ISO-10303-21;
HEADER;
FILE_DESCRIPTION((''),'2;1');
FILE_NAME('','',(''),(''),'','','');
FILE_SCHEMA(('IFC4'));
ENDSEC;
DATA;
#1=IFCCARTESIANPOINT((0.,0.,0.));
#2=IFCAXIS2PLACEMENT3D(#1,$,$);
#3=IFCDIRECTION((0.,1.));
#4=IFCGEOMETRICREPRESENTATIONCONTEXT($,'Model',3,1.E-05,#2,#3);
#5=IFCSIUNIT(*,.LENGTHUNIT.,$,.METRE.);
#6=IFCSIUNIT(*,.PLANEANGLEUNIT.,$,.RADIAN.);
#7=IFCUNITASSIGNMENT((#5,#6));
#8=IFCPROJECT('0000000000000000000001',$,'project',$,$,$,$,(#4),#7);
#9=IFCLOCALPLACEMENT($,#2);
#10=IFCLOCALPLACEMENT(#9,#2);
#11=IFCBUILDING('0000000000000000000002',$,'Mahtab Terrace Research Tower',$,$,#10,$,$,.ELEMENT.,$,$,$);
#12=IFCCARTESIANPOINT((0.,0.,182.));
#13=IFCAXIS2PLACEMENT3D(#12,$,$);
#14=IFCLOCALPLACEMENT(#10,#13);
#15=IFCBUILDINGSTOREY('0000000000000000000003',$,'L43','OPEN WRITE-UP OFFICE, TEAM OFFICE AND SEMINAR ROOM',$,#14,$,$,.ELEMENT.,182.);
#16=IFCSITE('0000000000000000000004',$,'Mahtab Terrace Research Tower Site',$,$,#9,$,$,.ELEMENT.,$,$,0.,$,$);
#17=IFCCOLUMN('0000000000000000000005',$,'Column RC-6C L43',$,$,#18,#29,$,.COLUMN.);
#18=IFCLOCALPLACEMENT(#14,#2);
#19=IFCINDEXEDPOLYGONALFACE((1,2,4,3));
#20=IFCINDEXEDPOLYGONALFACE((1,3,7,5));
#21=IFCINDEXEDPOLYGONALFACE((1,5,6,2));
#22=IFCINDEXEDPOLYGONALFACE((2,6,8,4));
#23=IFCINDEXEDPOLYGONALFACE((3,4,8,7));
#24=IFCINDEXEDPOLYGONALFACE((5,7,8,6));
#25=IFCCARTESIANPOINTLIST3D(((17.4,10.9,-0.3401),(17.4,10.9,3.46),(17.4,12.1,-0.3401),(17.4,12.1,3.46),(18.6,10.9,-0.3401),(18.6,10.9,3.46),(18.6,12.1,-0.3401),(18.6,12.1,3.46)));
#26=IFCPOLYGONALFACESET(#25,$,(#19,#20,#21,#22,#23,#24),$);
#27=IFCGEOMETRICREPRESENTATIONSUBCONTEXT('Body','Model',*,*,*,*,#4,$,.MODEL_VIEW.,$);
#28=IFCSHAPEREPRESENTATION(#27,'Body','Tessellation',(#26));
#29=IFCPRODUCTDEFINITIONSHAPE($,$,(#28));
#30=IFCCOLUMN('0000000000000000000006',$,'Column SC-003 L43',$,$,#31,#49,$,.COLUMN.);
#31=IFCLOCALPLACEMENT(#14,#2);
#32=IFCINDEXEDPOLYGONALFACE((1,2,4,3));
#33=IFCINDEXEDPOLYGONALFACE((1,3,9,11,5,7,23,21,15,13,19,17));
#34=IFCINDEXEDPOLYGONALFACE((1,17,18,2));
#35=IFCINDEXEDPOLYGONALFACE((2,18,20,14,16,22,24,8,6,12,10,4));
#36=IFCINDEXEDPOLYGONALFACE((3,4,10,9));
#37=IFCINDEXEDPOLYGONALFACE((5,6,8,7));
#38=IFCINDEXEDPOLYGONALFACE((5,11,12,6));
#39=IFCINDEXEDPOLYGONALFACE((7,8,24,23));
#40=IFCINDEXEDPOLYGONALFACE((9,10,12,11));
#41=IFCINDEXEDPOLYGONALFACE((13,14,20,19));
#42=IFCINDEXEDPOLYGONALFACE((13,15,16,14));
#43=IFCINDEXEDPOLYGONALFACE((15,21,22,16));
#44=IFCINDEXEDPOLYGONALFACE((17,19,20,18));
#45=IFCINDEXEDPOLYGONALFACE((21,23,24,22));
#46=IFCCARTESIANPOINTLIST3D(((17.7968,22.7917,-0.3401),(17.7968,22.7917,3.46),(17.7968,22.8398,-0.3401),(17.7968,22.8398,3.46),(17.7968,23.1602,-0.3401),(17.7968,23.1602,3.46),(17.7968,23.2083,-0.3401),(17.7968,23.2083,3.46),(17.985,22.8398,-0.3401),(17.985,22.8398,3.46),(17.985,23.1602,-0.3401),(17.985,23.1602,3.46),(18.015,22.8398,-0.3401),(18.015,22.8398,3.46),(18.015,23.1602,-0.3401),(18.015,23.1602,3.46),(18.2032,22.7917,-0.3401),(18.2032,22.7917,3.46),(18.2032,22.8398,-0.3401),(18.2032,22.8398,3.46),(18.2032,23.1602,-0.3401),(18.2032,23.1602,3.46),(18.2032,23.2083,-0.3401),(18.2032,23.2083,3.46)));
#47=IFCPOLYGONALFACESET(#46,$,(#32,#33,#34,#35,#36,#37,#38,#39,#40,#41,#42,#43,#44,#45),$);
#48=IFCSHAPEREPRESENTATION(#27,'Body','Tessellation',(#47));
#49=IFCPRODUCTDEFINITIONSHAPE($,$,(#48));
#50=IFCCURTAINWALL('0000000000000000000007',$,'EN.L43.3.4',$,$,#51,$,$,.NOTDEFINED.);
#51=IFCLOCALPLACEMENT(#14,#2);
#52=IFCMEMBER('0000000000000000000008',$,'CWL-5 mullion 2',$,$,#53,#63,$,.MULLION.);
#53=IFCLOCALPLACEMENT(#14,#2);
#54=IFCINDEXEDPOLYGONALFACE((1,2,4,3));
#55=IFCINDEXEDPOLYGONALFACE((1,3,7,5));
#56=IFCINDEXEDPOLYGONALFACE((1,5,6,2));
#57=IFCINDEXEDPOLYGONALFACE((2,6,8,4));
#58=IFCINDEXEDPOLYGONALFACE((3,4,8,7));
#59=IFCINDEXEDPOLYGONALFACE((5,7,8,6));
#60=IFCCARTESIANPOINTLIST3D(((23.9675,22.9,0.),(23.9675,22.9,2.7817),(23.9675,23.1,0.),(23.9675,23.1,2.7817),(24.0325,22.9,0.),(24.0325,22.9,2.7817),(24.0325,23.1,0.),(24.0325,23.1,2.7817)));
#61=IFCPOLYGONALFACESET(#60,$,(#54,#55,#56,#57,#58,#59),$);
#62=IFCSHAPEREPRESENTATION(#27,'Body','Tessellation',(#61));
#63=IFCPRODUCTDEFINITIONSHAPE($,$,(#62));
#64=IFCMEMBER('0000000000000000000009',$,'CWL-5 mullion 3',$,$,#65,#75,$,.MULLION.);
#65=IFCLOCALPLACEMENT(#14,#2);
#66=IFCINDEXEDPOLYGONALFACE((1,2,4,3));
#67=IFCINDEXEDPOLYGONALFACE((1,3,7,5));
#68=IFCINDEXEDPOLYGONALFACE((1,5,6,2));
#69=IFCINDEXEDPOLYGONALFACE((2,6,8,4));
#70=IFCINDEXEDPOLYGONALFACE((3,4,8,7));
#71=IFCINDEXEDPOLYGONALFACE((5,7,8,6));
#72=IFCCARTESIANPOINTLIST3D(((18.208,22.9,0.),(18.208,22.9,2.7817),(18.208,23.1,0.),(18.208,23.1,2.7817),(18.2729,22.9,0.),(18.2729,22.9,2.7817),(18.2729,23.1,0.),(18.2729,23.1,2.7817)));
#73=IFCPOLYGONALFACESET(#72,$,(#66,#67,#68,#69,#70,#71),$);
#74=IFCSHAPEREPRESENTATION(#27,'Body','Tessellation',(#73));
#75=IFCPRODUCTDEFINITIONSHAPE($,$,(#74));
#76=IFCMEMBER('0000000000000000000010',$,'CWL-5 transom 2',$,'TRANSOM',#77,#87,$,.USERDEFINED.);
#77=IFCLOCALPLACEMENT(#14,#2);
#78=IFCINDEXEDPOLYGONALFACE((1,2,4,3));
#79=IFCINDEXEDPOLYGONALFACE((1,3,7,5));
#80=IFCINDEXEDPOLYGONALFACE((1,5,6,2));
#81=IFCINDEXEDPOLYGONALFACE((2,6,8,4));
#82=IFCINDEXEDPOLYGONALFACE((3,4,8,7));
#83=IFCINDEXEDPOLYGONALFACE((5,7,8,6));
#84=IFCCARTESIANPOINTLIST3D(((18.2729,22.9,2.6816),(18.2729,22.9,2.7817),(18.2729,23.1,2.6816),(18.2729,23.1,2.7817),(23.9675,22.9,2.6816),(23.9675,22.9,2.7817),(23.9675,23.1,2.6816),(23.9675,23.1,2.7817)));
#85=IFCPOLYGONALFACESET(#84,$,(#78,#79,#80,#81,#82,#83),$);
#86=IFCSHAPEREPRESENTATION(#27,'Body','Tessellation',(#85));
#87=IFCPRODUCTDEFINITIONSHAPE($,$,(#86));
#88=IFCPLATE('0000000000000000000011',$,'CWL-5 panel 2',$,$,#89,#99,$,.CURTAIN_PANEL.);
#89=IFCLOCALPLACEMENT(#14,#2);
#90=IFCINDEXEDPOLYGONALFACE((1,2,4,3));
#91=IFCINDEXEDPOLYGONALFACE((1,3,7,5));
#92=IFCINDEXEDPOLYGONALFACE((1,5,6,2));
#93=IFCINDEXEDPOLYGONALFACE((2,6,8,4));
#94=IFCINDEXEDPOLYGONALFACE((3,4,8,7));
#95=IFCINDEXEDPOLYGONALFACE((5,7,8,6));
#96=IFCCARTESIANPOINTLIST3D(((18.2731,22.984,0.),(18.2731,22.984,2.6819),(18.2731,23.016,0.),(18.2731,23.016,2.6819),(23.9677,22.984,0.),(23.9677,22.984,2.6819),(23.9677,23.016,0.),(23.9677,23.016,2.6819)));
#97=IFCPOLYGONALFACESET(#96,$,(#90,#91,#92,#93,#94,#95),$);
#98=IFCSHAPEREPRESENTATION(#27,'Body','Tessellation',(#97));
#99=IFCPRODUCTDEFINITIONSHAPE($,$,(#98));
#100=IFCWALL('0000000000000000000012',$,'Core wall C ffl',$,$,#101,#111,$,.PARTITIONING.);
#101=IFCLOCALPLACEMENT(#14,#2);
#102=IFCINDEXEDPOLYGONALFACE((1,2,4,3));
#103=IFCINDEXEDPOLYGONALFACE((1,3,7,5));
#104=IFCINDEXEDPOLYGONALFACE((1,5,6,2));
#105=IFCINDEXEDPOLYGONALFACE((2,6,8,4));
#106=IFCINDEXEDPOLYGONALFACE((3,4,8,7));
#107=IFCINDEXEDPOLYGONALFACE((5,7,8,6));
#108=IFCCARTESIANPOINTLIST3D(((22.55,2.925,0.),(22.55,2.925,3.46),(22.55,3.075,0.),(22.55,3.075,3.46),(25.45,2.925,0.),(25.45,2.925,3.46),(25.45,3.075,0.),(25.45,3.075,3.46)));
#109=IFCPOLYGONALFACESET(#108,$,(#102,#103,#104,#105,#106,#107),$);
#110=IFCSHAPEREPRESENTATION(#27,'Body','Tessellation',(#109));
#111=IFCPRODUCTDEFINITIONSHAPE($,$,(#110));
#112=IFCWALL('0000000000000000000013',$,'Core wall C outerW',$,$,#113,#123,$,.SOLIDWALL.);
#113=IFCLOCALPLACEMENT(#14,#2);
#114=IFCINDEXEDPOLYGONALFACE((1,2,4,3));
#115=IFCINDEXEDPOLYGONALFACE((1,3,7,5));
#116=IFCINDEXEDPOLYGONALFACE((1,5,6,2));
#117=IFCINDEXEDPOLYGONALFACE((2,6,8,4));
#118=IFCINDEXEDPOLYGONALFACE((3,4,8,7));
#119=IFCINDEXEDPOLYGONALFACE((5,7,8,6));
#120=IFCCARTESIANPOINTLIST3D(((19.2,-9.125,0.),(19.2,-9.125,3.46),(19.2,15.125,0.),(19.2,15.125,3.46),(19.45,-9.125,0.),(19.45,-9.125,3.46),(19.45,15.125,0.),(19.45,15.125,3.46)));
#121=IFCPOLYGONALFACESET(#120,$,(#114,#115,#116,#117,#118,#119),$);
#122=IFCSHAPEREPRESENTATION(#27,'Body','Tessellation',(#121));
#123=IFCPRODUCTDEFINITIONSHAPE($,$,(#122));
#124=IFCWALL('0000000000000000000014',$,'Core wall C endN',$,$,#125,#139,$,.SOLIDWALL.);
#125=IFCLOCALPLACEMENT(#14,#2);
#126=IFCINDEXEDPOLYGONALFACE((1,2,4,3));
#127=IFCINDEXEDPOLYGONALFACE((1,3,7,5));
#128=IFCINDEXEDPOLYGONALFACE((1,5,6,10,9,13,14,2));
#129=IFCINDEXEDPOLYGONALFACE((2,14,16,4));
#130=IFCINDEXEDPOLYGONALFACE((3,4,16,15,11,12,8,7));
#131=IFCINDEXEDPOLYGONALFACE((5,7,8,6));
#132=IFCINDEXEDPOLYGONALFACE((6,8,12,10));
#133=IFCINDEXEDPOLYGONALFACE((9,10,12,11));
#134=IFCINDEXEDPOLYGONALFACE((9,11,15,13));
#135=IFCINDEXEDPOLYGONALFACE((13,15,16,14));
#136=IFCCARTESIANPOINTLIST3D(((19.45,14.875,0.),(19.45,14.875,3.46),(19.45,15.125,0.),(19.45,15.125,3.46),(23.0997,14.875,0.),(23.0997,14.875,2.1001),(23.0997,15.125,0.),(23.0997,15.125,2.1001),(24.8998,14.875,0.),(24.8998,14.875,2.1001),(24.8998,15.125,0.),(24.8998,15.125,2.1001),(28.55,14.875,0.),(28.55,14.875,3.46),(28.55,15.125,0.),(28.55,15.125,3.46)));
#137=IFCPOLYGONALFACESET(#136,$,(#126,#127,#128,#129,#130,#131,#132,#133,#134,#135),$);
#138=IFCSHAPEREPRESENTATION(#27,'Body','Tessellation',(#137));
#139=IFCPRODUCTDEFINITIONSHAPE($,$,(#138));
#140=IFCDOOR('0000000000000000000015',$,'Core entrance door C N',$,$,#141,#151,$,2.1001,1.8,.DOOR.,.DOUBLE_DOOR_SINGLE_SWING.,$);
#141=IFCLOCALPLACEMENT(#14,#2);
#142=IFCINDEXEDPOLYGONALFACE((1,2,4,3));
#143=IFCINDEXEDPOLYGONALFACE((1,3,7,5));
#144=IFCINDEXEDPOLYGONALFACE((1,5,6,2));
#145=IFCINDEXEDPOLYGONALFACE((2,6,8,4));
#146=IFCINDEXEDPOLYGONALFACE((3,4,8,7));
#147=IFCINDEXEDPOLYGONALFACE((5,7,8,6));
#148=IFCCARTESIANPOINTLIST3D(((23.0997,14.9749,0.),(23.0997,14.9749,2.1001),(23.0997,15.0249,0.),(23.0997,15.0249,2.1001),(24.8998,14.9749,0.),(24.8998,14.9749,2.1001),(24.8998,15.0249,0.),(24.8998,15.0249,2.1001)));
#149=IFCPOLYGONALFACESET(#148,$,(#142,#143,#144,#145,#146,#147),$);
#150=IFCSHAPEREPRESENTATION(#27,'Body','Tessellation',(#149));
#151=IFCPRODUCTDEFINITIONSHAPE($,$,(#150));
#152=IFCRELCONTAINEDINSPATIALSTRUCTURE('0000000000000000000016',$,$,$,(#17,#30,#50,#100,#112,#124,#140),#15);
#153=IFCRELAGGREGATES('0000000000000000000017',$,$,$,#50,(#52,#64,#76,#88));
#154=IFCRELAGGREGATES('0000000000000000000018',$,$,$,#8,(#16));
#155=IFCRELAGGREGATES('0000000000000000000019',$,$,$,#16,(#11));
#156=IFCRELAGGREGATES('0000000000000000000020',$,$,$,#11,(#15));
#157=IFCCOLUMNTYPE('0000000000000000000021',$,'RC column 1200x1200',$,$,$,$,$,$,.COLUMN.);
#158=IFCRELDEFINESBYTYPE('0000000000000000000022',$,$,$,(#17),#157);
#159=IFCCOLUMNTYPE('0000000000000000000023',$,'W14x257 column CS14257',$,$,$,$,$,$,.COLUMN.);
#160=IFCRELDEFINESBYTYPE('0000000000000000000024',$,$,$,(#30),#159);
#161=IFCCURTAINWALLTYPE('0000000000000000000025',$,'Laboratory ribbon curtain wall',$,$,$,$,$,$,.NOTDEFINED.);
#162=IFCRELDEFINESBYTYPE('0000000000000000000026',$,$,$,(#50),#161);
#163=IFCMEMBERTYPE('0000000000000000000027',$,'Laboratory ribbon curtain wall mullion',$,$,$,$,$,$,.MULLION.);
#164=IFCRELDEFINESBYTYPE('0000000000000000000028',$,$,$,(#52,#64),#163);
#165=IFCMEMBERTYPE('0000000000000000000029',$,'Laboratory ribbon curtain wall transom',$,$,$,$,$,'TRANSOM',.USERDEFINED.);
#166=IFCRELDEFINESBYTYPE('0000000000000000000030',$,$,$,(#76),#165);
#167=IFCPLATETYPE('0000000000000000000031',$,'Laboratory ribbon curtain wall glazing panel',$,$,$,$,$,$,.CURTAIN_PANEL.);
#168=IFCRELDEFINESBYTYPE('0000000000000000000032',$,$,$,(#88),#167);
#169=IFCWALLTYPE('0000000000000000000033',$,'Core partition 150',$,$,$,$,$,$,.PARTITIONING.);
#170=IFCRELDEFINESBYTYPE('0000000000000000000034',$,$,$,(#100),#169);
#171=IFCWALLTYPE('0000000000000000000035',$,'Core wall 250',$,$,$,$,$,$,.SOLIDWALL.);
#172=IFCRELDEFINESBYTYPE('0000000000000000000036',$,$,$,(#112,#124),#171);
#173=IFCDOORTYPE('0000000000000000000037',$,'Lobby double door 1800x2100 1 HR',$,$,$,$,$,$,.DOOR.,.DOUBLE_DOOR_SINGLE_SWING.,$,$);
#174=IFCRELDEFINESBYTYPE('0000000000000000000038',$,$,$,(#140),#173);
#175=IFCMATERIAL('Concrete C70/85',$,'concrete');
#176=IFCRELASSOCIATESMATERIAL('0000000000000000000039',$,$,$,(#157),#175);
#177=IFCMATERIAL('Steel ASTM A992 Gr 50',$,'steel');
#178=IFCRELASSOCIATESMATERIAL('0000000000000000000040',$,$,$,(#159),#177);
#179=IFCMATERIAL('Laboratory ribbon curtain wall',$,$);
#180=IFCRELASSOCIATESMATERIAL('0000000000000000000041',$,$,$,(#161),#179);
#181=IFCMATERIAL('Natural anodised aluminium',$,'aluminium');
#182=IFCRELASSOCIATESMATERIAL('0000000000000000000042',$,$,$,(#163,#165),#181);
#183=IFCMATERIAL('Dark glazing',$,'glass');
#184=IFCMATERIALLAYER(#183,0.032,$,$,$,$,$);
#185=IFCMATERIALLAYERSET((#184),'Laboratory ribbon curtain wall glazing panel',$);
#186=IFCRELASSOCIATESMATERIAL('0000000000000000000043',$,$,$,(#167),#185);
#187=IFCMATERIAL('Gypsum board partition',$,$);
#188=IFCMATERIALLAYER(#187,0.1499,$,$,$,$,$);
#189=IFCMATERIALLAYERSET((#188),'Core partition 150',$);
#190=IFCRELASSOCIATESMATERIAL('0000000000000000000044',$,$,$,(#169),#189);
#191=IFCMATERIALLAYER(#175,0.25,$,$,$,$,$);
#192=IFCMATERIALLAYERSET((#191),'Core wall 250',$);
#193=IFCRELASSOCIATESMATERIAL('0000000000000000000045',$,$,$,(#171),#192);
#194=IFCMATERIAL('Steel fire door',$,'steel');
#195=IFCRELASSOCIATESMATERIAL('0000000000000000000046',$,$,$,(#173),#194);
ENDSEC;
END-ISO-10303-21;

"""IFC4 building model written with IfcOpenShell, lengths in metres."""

from ifc_helpers import new_model, si_unit, direction, frame, frame_2d, origin, origin_2d, place, context, subcontext, project, spatial, rectangle, i_section, extrude, material, layer, layer_set, material_profile, profile_set, type_object, element, fill, aggregate, save


model = new_model("IFC4")

# Units and contexts
model_context = context("Model", 3, precision=1e-05, world=origin(), true_north=direction((0.0, 1.0)))
body_context = subcontext(model_context, "Body", "Model", "MODEL_VIEW")
ifc_project = project(units=[si_unit("LENGTHUNIT", "METRE"), si_unit("PLANEANGLEUNIT", "RADIAN")], contexts=[model_context])

# Site, building, storey
site_placement = place(None, origin())
site = spatial("IfcSite", under=ifc_project, at=site_placement, Name="Mahtab Terrace Research Tower Site", CompositionType="ELEMENT", RefElevation=0.0)
building_placement = place(site_placement, origin())
building = spatial("IfcBuilding", under=site, at=building_placement, Name="Mahtab Terrace Research Tower", CompositionType="ELEMENT")
storey_placement = place(building_placement, frame((0.0, 0.0, 182.0)))
storey = spatial("IfcBuildingStorey", under=building, at=storey_placement, Name="L43", Description="OPEN WRITE-UP OFFICE, TEAM OFFICE AND SEMINAR ROOM", CompositionType="ELEMENT", Elevation=182.0)

# Columns
ifc_material_1 = material(Name="Concrete C70/85", Category="concrete")
ifc_material_profile_1 = material_profile(ifc_material_1, rectangle(XDim=1.2, YDim=1.2, at=origin_2d()), Name="RC column 1200x1200")
ifc_profile_set_1 = profile_set([ifc_material_profile_1], Name="Concrete C70/85")
column_type_1 = type_object("IfcColumnType", Name="RC column 1200x1200", PredefinedType="COLUMN", material=ifc_profile_set_1)
column_1_placement = place(storey_placement, frame((18.0, 11.5, -0.3401), z_axis=(0.0, 0.0, 1.0), x_axis=(1.0, 0.0, 0.0)))
element("IfcColumn", 1, at=column_1_placement, inside=storey, type_object=column_type_1, Name="Column RC-6C L43", PredefinedType="COLUMN", context=body_context, shape_type="SweptSolid", body=[
    extrude(rectangle(XDim=1.2, YDim=1.2, at=origin_2d()), origin(), (0.0, 0.0, 1.0), 3.8),
])
ifc_material_2 = material(Name="Steel ASTM A992 Gr 50", Category="steel")
ifc_material_profile_2 = material_profile(ifc_material_2, i_section(OverallWidth=0.4065, OverallDepth=0.4165, WebThickness=0.03, FlangeThickness=0.0481, at=origin_2d()), Name="W14X257")
ifc_profile_set_2 = profile_set([ifc_material_profile_2], Name="Steel ASTM A992 Gr 50")
column_type_2 = type_object("IfcColumnType", Name="W14x257 column CS14257", PredefinedType="COLUMN", material=ifc_profile_set_2)
column_2_placement = place(storey_placement, frame((18.0, 23.0, -0.3401), z_axis=(0.0, 0.0, 1.0), x_axis=(1.0, 0.0, 0.0)))
element("IfcColumn", 2, at=column_2_placement, inside=storey, type_object=column_type_2, Name="Column SC-003 L43", PredefinedType="COLUMN", context=body_context, shape_type="SweptSolid", body=[
    extrude(i_section(OverallWidth=0.4065, OverallDepth=0.4165, WebThickness=0.03, FlangeThickness=0.0481, at=origin_2d()), origin(), (0.0, 0.0, 1.0), 3.8),
])

# Curtain wall, members, plate
ifc_material_3 = material(Name="Laboratory ribbon curtain wall")
curtain_wall_type = type_object("IfcCurtainWallType", Name="Laboratory ribbon curtain wall", PredefinedType="NOTDEFINED", material=ifc_material_3)
curtain_wall_placement = place(storey_placement, origin())
curtain_wall = element("IfcCurtainWall", 3, at=curtain_wall_placement, inside=storey, type_object=curtain_wall_type, Name="EN.L43.3.4", PredefinedType="NOTDEFINED")
ifc_material_4 = material(Name="Natural anodised aluminium", Category="aluminium")
ifc_material_profile_3 = material_profile(ifc_material_4, rectangle(XDim=0.2, YDim=0.0649, at=origin_2d()), Name="MULLION 65x200")
ifc_profile_set_3 = profile_set([ifc_material_profile_3], Name="Natural anodised aluminium")
member_type_1 = type_object("IfcMemberType", Name="Laboratory ribbon curtain wall mullion", PredefinedType="MULLION", material=ifc_profile_set_3)
member_1_placement = place(storey_placement, frame((24.0, 23.0, 0.0), z_axis=(0.0, 0.0, 1.0), x_axis=(0.0, -1.0, 0.0)))
member_1 = element("IfcMember", 4, at=member_1_placement, type_object=member_type_1, Name="CWL-5 mullion 2", PredefinedType="MULLION", context=body_context, shape_type="SweptSolid", body=[
    extrude(rectangle(XDim=0.2, YDim=0.0649, at=origin_2d()), origin(), (0.0, 0.0, 1.0), 2.7817),
])
member_2_placement = place(storey_placement, frame((18.2405, 23.0, 0.0), z_axis=(0.0, 0.0, 1.0), x_axis=(0.0, -1.0, 0.0)))
member_2 = element("IfcMember", 5, at=member_2_placement, type_object=member_type_1, Name="CWL-5 mullion 3", PredefinedType="MULLION", context=body_context, shape_type="SweptSolid", body=[
    extrude(rectangle(XDim=0.2, YDim=0.0649, at=origin_2d()), origin(), (0.0, 0.0, 1.0), 2.7817),
])
ifc_material_profile_4 = material_profile(ifc_material_4, rectangle(XDim=0.2, YDim=0.1001, at=origin_2d()), Name="TRANSOM 100x200")
ifc_profile_set_4 = profile_set([ifc_material_profile_4], Name="Natural anodised aluminium")
member_type_2 = type_object("IfcMemberType", Name="Laboratory ribbon curtain wall transom", ElementType="TRANSOM", PredefinedType="USERDEFINED", material=ifc_profile_set_4)
member_3_placement = place(storey_placement, frame((23.9675, 23.0, 2.7317), z_axis=(-1.0, 0.0, 0.0), x_axis=(0.0, -1.0, 0.0)))
member_3 = element("IfcMember", 6, at=member_3_placement, type_object=member_type_2, Name="CWL-5 transom 2", ObjectType="TRANSOM", PredefinedType="USERDEFINED", context=body_context, shape_type="SweptSolid", body=[
    extrude(rectangle(XDim=0.2, YDim=0.1001, at=origin_2d()), origin(), (0.0, 0.0, 1.0), 5.6946),
])
ifc_material_5 = material(Name="Dark glazing", Category="glass")
ifc_layer_1 = layer(ifc_material_5, 0.032)
ifc_layer_set_1 = layer_set([ifc_layer_1], Name="Laboratory ribbon curtain wall glazing panel")
plate_type = type_object("IfcPlateType", Name="Laboratory ribbon curtain wall glazing panel", PredefinedType="CURTAIN_PANEL", material=ifc_layer_set_1)
plate_placement = place(storey_placement, frame((21.1204, 23.0, 0.0), z_axis=(0.0, 0.0, 1.0), x_axis=(-1.0, 0.0, 0.0)))
plate = element("IfcPlate", 7, at=plate_placement, type_object=plate_type, Name="CWL-5 panel 2", PredefinedType="CURTAIN_PANEL", context=body_context, shape_type="SweptSolid", body=[
    extrude(rectangle(XDim=5.6946, YDim=0.032, at=origin_2d()), origin(), (0.0, 0.0, 1.0), 2.6819),
])
aggregate(curtain_wall, [member_1, member_2, member_3, plate])

# Walls
ifc_material_6 = material(Name="Gypsum board partition")
ifc_layer_2 = layer(ifc_material_6, 0.1499)
ifc_layer_set_2 = layer_set([ifc_layer_2], Name="Core partition 150")
wall_type_1 = type_object("IfcWallType", Name="Core partition 150", PredefinedType="PARTITIONING", material=ifc_layer_set_2)
wall_1_placement = place(storey_placement, frame((22.55, 3.0, 0.0), z_axis=(0.0, 0.0, 1.0), x_axis=(1.0, 0.0, 0.0)))
element("IfcWall", 8, at=wall_1_placement, inside=storey, type_object=wall_type_1, Name="Core wall C ffl", PredefinedType="PARTITIONING", context=body_context, shape_type="SweptSolid", body=[
    extrude(rectangle(XDim=2.8999, YDim=0.1499, at=frame_2d((1.45, 0.0))), origin(), (0.0, 0.0, 1.0), 3.46),
])
ifc_layer_3 = layer(ifc_material_1, 0.25)
ifc_layer_set_3 = layer_set([ifc_layer_3], Name="Core wall 250")
wall_type_2 = type_object("IfcWallType", Name="Core wall 250", PredefinedType="SOLIDWALL", material=ifc_layer_set_3)
wall_2_placement = place(storey_placement, frame((19.325, 15.125, 0.0), z_axis=(0.0, 0.0, 1.0), x_axis=(0.0, -1.0, 0.0)))
element("IfcWall", 9, at=wall_2_placement, inside=storey, type_object=wall_type_2, Name="Core wall C outerW", PredefinedType="SOLIDWALL", context=body_context, shape_type="SweptSolid", body=[
    extrude(rectangle(XDim=24.25, YDim=0.25, at=frame_2d((12.125, 0.0))), origin(), (0.0, 0.0, 1.0), 3.46),
])

# Wall, opening, door
wall_3_placement = place(storey_placement, frame((19.45, 15.0, 0.0), z_axis=(0.0, 0.0, 1.0), x_axis=(1.0, 0.0, 0.0)))
wall_3 = element("IfcWall", 10, at=wall_3_placement, inside=storey, type_object=wall_type_2, Name="Core wall C endN", PredefinedType="SOLIDWALL", context=body_context, shape_type="SweptSolid", body=[
    extrude(rectangle(XDim=9.1001, YDim=0.25, at=frame_2d((4.55, 0.0))), origin(), (0.0, 0.0, 1.0), 3.46),
])
opening_1_placement = place(wall_3_placement, frame((3.6499, 0.0, 0.0)))
opening_1 = element("IfcOpeningElement", 11, at=opening_1_placement, cuts=wall_3, PredefinedType="OPENING", context=body_context, shape_type="SweptSolid", body=[
    extrude(rectangle(XDim=1.8, YDim=2.1001, at=frame_2d((0.8999, 1.05))), frame((0.0, 0.135, 0.0), z_axis=(0.0, -1.0, 0.0), x_axis=(1.0, 0.0, 0.0)), (0.0, 0.0, 1.0), 0.27),
])
ifc_material_7 = material(Name="Steel fire door", Category="steel")
door_type_1 = type_object("IfcDoorType", Name="Lobby double door 1800x2100 1 HR", OperationType="DOUBLE_DOOR_SINGLE_SWING", PredefinedType="DOOR", material=ifc_material_7)
door_1_placement = place(opening_1_placement, origin())
door_1 = element("IfcDoor", 12, at=door_1_placement, inside=storey, type_object=door_type_1, Name="Core entrance door C N", OperationType="DOUBLE_DOOR_SINGLE_SWING", OverallHeight=2.1001, OverallWidth=1.8, PredefinedType="DOOR", context=body_context, shape_type="SweptSolid", body=[
    extrude(rectangle(XDim=1.8, YDim=2.1001, at=frame_2d((0.8999, 1.05))), frame((0.0, 0.0249, 0.0), z_axis=(0.0, -1.0, 0.0), x_axis=(1.0, 0.0, 0.0)), (0.0, 0.0, 1.0), 0.05),
])
fill(opening_1, door_1)

save(model, "model.ifc")
